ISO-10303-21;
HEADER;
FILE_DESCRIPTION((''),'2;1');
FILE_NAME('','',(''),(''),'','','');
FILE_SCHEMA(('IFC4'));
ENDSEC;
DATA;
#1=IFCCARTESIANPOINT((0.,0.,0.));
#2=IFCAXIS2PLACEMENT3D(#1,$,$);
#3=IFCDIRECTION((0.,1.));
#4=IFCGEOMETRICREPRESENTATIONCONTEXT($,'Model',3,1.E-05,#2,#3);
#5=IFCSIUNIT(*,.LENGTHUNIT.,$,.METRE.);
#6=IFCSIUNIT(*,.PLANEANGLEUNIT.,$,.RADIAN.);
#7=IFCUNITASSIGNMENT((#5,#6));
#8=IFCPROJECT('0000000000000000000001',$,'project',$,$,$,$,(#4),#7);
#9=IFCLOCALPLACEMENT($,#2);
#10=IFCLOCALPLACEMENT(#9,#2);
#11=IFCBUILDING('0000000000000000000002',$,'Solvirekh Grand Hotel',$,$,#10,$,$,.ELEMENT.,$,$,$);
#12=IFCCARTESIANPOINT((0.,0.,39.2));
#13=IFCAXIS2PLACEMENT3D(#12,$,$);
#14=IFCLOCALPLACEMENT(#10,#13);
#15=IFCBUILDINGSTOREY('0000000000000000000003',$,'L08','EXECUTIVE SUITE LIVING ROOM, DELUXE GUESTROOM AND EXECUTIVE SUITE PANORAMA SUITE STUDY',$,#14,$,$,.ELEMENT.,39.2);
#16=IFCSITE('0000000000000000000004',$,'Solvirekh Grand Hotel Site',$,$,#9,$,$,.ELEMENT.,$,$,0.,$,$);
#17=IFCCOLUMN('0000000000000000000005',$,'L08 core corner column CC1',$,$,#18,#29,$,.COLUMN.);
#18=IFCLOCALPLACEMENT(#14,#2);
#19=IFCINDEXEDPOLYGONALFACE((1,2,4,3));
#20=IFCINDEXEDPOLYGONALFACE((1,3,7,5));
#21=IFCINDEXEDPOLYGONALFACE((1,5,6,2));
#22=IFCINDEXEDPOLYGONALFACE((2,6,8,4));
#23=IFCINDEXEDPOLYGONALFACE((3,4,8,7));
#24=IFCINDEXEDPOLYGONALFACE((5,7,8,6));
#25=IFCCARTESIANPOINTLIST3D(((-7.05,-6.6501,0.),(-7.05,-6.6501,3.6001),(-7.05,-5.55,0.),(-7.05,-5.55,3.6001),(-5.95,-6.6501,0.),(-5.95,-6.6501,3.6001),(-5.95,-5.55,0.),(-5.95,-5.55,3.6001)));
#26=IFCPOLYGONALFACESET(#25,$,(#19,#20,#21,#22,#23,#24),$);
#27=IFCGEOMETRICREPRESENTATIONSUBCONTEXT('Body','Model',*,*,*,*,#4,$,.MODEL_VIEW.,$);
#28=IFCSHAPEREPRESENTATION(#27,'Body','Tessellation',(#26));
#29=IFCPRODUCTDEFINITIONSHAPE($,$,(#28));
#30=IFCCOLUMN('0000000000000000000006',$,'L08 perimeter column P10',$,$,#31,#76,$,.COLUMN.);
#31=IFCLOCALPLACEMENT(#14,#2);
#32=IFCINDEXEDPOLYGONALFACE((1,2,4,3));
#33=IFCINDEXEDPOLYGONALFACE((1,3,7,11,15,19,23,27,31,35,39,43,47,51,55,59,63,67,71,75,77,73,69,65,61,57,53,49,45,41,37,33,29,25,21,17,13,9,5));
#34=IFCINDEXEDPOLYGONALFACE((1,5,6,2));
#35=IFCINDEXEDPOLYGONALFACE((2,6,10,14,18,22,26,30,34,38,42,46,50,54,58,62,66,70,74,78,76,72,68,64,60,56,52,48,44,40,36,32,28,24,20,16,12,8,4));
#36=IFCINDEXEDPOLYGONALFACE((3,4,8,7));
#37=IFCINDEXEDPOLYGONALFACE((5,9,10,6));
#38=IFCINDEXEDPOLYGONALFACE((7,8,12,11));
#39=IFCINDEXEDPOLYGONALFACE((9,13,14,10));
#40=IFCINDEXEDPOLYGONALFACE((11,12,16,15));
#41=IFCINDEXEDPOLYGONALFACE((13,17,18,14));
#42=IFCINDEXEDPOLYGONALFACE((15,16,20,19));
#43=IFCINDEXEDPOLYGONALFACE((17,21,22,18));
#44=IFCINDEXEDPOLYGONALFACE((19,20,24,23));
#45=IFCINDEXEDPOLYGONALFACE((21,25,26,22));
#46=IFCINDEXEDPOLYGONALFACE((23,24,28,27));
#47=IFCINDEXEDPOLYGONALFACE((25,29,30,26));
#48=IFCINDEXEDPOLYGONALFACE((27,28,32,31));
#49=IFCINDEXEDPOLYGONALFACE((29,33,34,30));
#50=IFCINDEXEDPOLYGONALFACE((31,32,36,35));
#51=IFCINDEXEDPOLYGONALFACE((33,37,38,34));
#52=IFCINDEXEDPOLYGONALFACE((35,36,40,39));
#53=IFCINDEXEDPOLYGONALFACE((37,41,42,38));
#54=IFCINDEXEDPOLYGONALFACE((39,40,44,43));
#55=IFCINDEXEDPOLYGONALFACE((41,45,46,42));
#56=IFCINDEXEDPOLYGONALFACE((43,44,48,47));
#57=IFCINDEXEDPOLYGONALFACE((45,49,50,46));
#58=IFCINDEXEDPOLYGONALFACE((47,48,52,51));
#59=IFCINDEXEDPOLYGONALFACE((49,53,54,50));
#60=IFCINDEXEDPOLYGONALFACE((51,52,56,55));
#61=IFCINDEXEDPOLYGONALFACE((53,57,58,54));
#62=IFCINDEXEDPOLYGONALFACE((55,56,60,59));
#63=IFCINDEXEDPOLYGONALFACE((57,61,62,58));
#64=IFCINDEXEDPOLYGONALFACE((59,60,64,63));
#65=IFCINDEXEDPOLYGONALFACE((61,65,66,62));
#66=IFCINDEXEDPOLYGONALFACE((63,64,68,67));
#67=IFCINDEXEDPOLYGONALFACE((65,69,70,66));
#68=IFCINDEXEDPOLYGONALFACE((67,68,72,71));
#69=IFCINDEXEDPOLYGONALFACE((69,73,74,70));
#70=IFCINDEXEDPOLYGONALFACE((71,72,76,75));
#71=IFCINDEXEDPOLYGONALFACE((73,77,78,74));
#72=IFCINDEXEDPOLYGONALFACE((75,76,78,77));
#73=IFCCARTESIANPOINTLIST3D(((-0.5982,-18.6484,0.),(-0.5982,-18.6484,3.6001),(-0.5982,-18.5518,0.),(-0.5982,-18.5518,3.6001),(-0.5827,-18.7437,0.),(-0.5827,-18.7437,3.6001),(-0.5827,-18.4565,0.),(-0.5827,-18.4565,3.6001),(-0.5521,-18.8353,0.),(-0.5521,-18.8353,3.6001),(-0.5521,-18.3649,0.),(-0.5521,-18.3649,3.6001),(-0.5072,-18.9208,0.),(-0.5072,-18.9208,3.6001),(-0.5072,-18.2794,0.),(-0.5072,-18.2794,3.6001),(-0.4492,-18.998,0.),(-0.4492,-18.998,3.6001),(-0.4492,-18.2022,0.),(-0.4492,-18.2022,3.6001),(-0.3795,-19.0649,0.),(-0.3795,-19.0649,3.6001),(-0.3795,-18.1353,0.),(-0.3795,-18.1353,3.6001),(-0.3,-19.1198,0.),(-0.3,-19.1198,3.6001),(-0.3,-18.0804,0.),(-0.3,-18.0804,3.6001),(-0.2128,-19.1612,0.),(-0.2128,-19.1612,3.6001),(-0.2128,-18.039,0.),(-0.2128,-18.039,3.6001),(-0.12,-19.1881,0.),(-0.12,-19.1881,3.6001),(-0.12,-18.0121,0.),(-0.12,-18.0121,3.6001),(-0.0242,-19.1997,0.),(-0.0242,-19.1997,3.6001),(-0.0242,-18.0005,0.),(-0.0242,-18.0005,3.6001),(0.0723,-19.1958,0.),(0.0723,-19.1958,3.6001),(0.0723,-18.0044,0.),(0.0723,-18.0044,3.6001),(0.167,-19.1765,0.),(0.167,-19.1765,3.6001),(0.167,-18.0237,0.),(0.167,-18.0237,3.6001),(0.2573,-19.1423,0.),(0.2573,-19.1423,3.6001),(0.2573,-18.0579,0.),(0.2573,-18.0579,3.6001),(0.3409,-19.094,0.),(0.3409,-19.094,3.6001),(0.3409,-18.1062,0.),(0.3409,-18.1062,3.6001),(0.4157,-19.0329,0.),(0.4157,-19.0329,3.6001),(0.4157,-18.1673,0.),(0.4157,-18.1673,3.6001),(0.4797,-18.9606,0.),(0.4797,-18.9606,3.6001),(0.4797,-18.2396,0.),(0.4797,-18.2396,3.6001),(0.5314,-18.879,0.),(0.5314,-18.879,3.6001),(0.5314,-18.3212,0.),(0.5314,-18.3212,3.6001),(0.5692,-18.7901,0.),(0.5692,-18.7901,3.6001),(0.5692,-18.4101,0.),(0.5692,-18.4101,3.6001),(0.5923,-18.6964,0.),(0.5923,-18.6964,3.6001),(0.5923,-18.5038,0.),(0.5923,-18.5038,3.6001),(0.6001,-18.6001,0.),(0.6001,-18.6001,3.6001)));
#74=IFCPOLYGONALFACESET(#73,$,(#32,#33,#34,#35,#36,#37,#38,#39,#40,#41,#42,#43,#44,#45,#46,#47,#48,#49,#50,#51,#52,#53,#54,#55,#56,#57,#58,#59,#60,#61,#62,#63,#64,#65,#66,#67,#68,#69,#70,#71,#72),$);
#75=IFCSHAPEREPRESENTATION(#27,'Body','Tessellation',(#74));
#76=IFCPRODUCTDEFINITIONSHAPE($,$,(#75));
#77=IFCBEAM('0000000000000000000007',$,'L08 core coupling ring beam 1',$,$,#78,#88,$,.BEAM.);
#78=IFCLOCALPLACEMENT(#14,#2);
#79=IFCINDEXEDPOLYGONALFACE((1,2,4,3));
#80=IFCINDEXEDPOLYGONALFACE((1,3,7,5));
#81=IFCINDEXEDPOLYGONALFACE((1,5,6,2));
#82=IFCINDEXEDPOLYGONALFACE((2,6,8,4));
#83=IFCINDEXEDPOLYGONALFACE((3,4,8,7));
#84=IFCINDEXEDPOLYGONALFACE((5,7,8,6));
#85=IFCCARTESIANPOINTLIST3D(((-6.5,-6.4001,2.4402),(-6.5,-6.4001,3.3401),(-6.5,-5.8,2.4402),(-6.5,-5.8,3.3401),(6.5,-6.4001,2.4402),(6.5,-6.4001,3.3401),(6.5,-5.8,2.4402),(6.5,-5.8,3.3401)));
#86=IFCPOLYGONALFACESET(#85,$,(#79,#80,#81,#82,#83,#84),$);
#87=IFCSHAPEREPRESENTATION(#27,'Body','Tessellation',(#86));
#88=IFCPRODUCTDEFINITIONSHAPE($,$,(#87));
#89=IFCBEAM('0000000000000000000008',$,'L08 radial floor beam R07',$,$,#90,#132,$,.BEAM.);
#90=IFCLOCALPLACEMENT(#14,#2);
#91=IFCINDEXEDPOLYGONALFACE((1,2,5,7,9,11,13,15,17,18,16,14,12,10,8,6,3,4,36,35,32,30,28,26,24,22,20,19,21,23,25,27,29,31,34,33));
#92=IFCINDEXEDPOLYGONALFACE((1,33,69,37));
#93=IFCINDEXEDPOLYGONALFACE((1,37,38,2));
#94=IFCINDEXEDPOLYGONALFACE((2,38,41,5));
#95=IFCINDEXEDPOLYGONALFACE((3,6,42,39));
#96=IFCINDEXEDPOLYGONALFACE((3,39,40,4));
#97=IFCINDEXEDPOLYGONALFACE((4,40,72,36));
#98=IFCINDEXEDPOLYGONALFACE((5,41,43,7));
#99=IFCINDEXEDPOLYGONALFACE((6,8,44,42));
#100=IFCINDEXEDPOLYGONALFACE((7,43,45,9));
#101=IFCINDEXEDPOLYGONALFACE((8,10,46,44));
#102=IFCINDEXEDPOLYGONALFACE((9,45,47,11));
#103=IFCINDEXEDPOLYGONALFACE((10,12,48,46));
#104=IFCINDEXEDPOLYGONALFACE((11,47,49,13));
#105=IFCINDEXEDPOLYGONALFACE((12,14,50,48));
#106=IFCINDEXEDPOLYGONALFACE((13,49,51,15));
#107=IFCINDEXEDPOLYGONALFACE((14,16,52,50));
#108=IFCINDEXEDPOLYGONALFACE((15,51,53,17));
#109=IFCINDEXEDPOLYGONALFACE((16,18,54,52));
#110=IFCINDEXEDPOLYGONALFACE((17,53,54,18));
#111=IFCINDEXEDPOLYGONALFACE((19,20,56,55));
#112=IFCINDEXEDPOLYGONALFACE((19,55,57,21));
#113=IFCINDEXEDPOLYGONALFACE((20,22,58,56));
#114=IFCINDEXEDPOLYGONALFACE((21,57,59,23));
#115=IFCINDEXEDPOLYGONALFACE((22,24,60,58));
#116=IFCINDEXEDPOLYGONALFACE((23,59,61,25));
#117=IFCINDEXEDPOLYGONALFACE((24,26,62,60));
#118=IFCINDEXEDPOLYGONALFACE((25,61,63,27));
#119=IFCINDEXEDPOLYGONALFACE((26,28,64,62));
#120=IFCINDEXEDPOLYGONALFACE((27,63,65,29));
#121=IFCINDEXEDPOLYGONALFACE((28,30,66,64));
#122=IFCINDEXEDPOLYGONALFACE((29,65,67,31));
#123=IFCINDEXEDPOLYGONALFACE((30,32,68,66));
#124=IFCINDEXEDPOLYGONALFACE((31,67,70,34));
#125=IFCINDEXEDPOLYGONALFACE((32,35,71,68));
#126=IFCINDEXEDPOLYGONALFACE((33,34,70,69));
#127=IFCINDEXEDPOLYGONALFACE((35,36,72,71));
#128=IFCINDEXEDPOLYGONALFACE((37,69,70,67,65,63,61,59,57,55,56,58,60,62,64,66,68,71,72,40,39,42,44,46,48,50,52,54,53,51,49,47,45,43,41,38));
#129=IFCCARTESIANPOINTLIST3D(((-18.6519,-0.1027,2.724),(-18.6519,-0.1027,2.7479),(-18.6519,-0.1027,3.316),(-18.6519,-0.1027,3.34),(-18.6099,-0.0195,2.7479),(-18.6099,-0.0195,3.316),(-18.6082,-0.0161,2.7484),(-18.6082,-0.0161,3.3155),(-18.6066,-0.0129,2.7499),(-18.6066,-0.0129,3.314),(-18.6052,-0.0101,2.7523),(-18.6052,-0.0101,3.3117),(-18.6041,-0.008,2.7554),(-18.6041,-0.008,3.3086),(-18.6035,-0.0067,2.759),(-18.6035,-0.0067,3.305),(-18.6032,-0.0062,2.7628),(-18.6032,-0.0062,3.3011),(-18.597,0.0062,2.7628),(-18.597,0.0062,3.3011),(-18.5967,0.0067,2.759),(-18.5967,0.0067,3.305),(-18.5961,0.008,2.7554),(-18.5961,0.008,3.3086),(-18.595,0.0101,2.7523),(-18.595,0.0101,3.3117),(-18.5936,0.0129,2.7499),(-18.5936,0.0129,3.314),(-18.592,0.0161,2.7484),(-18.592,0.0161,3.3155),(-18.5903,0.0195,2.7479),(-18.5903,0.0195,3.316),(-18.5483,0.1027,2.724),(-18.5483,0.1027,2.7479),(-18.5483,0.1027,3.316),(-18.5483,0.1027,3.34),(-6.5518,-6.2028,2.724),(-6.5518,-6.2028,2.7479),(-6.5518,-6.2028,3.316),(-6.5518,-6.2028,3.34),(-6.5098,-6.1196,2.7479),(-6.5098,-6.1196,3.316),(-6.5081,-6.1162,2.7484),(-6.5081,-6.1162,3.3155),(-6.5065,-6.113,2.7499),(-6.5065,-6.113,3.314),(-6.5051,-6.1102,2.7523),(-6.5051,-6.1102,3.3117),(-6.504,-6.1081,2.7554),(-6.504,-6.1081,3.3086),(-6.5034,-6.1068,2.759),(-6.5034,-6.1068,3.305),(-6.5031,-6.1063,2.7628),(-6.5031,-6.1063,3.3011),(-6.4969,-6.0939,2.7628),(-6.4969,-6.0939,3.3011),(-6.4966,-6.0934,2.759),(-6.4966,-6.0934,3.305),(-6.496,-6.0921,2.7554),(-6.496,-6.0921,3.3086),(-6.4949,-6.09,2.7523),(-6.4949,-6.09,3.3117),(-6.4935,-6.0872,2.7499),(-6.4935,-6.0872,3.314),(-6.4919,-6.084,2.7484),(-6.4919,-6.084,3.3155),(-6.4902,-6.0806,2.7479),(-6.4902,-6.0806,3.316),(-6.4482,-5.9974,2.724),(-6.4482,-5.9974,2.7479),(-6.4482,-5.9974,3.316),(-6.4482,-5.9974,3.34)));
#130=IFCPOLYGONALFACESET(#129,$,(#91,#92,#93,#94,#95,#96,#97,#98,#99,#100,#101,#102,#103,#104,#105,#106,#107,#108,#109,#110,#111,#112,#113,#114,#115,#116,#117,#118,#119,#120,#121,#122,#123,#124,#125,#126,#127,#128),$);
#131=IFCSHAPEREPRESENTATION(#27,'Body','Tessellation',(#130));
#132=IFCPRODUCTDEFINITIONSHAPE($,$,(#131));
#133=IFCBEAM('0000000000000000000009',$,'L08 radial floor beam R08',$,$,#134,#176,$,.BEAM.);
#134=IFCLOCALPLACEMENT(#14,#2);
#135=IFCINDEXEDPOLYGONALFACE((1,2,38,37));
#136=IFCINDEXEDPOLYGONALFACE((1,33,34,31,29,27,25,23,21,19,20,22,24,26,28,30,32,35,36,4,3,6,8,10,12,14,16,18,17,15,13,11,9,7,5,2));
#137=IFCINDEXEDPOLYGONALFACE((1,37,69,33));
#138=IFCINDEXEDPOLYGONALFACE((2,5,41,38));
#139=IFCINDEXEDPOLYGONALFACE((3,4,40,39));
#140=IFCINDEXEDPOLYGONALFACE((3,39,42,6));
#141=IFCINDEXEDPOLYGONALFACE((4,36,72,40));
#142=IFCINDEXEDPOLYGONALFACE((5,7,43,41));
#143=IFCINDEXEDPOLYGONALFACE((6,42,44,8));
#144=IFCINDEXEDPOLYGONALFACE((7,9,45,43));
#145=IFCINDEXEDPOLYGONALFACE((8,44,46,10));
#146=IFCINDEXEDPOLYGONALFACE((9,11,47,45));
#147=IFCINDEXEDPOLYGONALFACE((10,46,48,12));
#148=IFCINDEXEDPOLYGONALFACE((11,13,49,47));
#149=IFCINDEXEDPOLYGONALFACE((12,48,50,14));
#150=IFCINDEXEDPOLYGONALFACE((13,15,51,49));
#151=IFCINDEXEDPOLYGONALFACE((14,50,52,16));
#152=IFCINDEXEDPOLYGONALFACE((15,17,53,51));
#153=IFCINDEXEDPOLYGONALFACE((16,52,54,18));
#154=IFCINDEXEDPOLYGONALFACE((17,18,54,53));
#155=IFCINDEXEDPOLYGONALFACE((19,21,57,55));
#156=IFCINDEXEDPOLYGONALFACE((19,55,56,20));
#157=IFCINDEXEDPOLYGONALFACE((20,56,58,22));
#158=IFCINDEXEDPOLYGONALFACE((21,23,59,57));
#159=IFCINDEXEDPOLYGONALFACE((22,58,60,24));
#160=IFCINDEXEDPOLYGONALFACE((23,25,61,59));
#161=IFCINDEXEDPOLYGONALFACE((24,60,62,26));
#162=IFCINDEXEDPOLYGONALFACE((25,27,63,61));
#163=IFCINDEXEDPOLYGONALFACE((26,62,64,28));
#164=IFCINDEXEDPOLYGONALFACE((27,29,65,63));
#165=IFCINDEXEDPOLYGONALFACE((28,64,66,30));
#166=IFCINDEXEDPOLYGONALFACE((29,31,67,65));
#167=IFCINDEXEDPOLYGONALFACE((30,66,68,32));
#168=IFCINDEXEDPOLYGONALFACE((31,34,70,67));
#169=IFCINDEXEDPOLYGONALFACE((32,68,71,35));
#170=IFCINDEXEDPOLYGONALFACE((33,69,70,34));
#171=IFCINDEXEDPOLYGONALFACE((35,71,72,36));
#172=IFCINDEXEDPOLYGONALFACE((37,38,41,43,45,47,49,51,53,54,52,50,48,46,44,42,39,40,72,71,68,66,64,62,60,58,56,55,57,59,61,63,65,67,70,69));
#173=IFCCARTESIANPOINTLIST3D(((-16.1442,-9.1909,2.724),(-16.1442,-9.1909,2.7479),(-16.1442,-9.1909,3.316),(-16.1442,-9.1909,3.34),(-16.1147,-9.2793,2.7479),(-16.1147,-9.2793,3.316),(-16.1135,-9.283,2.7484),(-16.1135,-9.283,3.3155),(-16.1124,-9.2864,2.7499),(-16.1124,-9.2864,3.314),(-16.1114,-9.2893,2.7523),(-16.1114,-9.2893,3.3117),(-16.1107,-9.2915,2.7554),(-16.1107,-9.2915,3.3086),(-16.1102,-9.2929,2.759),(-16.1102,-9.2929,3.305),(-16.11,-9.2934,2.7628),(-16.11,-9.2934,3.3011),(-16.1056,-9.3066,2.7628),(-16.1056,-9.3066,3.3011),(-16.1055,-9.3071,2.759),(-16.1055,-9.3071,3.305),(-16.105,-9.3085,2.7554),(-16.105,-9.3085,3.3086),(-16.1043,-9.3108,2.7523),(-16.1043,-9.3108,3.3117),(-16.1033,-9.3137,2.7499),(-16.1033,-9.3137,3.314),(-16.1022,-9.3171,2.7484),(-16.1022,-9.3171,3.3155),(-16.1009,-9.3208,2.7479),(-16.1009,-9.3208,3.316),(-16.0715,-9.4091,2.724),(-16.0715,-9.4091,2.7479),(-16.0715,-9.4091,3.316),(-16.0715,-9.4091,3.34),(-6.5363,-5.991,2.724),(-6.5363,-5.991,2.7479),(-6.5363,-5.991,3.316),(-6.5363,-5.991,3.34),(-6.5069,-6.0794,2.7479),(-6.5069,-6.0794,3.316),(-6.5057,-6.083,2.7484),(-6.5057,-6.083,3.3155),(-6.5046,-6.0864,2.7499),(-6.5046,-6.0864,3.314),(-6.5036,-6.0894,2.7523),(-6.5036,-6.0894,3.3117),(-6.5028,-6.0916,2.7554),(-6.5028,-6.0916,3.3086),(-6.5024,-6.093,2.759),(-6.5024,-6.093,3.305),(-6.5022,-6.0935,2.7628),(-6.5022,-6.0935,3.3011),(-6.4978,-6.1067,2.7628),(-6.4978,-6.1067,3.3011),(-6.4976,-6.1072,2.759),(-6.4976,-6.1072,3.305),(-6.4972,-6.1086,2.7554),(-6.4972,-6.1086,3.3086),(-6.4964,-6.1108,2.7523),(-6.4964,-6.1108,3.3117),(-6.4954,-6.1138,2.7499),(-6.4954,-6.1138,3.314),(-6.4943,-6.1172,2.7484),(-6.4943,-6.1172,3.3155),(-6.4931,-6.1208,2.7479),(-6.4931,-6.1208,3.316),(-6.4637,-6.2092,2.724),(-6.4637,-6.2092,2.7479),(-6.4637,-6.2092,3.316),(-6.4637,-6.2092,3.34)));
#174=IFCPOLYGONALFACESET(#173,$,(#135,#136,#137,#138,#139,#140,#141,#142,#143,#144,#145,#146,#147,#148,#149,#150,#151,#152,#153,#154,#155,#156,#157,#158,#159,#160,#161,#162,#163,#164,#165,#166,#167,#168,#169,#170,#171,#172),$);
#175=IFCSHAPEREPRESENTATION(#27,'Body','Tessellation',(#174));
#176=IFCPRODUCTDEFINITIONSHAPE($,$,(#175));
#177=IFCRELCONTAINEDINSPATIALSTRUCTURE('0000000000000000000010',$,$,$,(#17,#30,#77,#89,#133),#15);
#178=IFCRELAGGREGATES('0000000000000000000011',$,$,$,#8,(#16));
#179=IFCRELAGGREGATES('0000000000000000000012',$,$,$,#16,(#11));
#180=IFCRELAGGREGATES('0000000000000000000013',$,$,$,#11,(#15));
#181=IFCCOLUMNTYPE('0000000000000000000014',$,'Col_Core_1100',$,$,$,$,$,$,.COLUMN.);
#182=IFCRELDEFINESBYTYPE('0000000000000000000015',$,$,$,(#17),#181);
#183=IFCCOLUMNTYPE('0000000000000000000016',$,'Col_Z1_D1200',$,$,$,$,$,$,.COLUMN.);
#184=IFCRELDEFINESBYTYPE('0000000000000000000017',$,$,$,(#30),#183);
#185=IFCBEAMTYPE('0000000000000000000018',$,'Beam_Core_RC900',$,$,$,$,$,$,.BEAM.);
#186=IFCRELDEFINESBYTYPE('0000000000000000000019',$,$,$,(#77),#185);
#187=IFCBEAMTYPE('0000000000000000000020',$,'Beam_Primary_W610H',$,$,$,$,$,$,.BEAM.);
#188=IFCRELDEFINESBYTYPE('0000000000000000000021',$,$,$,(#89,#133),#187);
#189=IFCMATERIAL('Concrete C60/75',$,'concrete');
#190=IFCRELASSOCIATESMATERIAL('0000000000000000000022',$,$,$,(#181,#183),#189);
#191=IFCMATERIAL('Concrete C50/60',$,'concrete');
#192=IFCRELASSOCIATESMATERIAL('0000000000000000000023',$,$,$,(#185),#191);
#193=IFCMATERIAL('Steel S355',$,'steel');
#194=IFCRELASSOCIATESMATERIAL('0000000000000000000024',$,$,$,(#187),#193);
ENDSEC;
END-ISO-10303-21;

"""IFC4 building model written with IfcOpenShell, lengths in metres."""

from ifc_helpers import new_model, si_unit, direction, frame, origin, origin_2d, place, context, subcontext, project, spatial, rectangle, circle, i_section, extrude, material, material_profile, profile_set, type_object, element, save


model = new_model("IFC4")

# Units and contexts
model_context = context("Model", 3, precision=1e-05, world=origin(), true_north=direction((0.0, 1.0)))
body_context = subcontext(model_context, "Body", "Model", "MODEL_VIEW")
ifc_project = project(units=[si_unit("LENGTHUNIT", "METRE"), si_unit("PLANEANGLEUNIT", "RADIAN")], contexts=[model_context])

# Site, building, storey
site_placement = place(None, origin())
site = spatial("IfcSite", under=ifc_project, at=site_placement, Name="Solvirekh Grand Hotel Site", CompositionType="ELEMENT", RefElevation=0.0)
building_placement = place(site_placement, origin())
building = spatial("IfcBuilding", under=site, at=building_placement, Name="Solvirekh Grand Hotel", CompositionType="ELEMENT")
storey_placement = place(building_placement, frame((0.0, 0.0, 39.2)))
storey = spatial("IfcBuildingStorey", under=building, at=storey_placement, Name="L08", Description="EXECUTIVE SUITE LIVING ROOM, DELUXE GUESTROOM AND EXECUTIVE SUITE PANORAMA SUITE STUDY", CompositionType="ELEMENT", Elevation=39.2)

# Columns
ifc_material_1 = material(Name="Concrete C60/75", Category="concrete")
ifc_material_profile_1 = material_profile(ifc_material_1, rectangle(XDim=1.1001, YDim=1.1001, at=origin_2d()), Name="RC 1100X1100")
ifc_profile_set_1 = profile_set([ifc_material_profile_1], Name="Concrete C60/75")
column_type_1 = type_object("IfcColumnType", Name="Col_Core_1100", PredefinedType="COLUMN", material=ifc_profile_set_1)
column_1_placement = place(storey_placement, frame((-6.5, -6.1001, 0.0), z_axis=(0.0, 0.0, 1.0), x_axis=(1.0, 0.0, 0.0)))
element("IfcColumn", 1, at=column_1_placement, inside=storey, type_object=column_type_1, Name="L08 core corner column CC1", PredefinedType="COLUMN", context=body_context, shape_type="SweptSolid", body=[
    extrude(rectangle(XDim=1.1001, YDim=1.1001, at=origin_2d()), origin(), (0.0, 0.0, 1.0), 3.6001),
])
ifc_material_profile_2 = material_profile(ifc_material_1, circle(Radius=0.6001, at=origin_2d()), Name="RC CIRC D1200")
ifc_profile_set_2 = profile_set([ifc_material_profile_2], Name="Concrete C60/75")
column_type_2 = type_object("IfcColumnType", Name="Col_Z1_D1200", PredefinedType="COLUMN", material=ifc_profile_set_2)
column_2_placement = place(storey_placement, frame((0.0, -18.6001, 0.0), z_axis=(0.0, 0.0, 1.0), x_axis=(1.0, 0.0, 0.0)))
element("IfcColumn", 2, at=column_2_placement, inside=storey, type_object=column_type_2, Name="L08 perimeter column P10", PredefinedType="COLUMN", context=body_context, shape_type="SweptSolid", body=[
    extrude(circle(Radius=0.6001, at=origin_2d()), origin(), (0.0, 0.0, 1.0), 3.6001),
])

# Beams
ifc_material_2 = material(Name="Concrete C50/60", Category="concrete")
ifc_material_profile_3 = material_profile(ifc_material_2, rectangle(XDim=0.6001, YDim=0.8999, at=origin_2d()), Name="RC BEAM 600X900")
ifc_profile_set_3 = profile_set([ifc_material_profile_3], Name="Concrete C50/60")
beam_type_1 = type_object("IfcBeamType", Name="Beam_Core_RC900", PredefinedType="BEAM", material=ifc_profile_set_3)
beam_1_placement = place(storey_placement, frame((-6.5, -6.1001, 2.8901), z_axis=(1.0, 0.0, 0.0), x_axis=(0.0, 1.0, 0.0)))
element("IfcBeam", 3, at=beam_1_placement, inside=storey, type_object=beam_type_1, Name="L08 core coupling ring beam 1", PredefinedType="BEAM", context=body_context, shape_type="SweptSolid", body=[
    extrude(rectangle(XDim=0.6001, YDim=0.8999, at=origin_2d()), origin(), (0.0, 0.0, 1.0), 13.0),
])
ifc_material_3 = material(Name="Steel S355", Category="steel")
ifc_material_profile_4 = material_profile(ifc_material_3, i_section(OverallWidth=0.23, OverallDepth=0.616, WebThickness=0.0139, FlangeThickness=0.0239, FilletRadius=0.0149, at=origin_2d()), Name="W610X174")
ifc_profile_set_4 = profile_set([ifc_material_profile_4], Name="Steel S355")
beam_type_2 = type_object("IfcBeamType", Name="Beam_Primary_W610H", PredefinedType="BEAM", material=ifc_profile_set_4)
beam_2_placement = place(storey_placement, frame((-6.5, -6.1001, 3.032), z_axis=(-0.892945, 0.450166, 0.0), x_axis=(-0.450166, -0.892945, 0.0)))
element("IfcBeam", 4, at=beam_2_placement, inside=storey, type_object=beam_type_2, Name="L08 radial floor beam R07", PredefinedType="BEAM", context=body_context, shape_type="SweptSolid", body=[
    extrude(i_section(OverallWidth=0.23, OverallDepth=0.616, WebThickness=0.0139, FlangeThickness=0.0239, FilletRadius=0.0149, at=origin_2d()), origin(), (0.0, 0.0, 1.0), 13.5508),
])
beam_3_placement = place(storey_placement, frame((-6.5, -6.1001, 3.032), z_axis=(-0.948763, -0.315989, 0.0), x_axis=(0.315989, -0.948763, 0.0)))
element("IfcBeam", 5, at=beam_3_placement, inside=storey, type_object=beam_type_2, Name="L08 radial floor beam R08", PredefinedType="BEAM", context=body_context, shape_type="SweptSolid", body=[
    extrude(i_section(OverallWidth=0.23, OverallDepth=0.616, WebThickness=0.0139, FlangeThickness=0.0239, FilletRadius=0.0149, at=origin_2d()), origin(), (0.0, 0.0, 1.0), 10.1267),
])

save(model, "model.ifc")
